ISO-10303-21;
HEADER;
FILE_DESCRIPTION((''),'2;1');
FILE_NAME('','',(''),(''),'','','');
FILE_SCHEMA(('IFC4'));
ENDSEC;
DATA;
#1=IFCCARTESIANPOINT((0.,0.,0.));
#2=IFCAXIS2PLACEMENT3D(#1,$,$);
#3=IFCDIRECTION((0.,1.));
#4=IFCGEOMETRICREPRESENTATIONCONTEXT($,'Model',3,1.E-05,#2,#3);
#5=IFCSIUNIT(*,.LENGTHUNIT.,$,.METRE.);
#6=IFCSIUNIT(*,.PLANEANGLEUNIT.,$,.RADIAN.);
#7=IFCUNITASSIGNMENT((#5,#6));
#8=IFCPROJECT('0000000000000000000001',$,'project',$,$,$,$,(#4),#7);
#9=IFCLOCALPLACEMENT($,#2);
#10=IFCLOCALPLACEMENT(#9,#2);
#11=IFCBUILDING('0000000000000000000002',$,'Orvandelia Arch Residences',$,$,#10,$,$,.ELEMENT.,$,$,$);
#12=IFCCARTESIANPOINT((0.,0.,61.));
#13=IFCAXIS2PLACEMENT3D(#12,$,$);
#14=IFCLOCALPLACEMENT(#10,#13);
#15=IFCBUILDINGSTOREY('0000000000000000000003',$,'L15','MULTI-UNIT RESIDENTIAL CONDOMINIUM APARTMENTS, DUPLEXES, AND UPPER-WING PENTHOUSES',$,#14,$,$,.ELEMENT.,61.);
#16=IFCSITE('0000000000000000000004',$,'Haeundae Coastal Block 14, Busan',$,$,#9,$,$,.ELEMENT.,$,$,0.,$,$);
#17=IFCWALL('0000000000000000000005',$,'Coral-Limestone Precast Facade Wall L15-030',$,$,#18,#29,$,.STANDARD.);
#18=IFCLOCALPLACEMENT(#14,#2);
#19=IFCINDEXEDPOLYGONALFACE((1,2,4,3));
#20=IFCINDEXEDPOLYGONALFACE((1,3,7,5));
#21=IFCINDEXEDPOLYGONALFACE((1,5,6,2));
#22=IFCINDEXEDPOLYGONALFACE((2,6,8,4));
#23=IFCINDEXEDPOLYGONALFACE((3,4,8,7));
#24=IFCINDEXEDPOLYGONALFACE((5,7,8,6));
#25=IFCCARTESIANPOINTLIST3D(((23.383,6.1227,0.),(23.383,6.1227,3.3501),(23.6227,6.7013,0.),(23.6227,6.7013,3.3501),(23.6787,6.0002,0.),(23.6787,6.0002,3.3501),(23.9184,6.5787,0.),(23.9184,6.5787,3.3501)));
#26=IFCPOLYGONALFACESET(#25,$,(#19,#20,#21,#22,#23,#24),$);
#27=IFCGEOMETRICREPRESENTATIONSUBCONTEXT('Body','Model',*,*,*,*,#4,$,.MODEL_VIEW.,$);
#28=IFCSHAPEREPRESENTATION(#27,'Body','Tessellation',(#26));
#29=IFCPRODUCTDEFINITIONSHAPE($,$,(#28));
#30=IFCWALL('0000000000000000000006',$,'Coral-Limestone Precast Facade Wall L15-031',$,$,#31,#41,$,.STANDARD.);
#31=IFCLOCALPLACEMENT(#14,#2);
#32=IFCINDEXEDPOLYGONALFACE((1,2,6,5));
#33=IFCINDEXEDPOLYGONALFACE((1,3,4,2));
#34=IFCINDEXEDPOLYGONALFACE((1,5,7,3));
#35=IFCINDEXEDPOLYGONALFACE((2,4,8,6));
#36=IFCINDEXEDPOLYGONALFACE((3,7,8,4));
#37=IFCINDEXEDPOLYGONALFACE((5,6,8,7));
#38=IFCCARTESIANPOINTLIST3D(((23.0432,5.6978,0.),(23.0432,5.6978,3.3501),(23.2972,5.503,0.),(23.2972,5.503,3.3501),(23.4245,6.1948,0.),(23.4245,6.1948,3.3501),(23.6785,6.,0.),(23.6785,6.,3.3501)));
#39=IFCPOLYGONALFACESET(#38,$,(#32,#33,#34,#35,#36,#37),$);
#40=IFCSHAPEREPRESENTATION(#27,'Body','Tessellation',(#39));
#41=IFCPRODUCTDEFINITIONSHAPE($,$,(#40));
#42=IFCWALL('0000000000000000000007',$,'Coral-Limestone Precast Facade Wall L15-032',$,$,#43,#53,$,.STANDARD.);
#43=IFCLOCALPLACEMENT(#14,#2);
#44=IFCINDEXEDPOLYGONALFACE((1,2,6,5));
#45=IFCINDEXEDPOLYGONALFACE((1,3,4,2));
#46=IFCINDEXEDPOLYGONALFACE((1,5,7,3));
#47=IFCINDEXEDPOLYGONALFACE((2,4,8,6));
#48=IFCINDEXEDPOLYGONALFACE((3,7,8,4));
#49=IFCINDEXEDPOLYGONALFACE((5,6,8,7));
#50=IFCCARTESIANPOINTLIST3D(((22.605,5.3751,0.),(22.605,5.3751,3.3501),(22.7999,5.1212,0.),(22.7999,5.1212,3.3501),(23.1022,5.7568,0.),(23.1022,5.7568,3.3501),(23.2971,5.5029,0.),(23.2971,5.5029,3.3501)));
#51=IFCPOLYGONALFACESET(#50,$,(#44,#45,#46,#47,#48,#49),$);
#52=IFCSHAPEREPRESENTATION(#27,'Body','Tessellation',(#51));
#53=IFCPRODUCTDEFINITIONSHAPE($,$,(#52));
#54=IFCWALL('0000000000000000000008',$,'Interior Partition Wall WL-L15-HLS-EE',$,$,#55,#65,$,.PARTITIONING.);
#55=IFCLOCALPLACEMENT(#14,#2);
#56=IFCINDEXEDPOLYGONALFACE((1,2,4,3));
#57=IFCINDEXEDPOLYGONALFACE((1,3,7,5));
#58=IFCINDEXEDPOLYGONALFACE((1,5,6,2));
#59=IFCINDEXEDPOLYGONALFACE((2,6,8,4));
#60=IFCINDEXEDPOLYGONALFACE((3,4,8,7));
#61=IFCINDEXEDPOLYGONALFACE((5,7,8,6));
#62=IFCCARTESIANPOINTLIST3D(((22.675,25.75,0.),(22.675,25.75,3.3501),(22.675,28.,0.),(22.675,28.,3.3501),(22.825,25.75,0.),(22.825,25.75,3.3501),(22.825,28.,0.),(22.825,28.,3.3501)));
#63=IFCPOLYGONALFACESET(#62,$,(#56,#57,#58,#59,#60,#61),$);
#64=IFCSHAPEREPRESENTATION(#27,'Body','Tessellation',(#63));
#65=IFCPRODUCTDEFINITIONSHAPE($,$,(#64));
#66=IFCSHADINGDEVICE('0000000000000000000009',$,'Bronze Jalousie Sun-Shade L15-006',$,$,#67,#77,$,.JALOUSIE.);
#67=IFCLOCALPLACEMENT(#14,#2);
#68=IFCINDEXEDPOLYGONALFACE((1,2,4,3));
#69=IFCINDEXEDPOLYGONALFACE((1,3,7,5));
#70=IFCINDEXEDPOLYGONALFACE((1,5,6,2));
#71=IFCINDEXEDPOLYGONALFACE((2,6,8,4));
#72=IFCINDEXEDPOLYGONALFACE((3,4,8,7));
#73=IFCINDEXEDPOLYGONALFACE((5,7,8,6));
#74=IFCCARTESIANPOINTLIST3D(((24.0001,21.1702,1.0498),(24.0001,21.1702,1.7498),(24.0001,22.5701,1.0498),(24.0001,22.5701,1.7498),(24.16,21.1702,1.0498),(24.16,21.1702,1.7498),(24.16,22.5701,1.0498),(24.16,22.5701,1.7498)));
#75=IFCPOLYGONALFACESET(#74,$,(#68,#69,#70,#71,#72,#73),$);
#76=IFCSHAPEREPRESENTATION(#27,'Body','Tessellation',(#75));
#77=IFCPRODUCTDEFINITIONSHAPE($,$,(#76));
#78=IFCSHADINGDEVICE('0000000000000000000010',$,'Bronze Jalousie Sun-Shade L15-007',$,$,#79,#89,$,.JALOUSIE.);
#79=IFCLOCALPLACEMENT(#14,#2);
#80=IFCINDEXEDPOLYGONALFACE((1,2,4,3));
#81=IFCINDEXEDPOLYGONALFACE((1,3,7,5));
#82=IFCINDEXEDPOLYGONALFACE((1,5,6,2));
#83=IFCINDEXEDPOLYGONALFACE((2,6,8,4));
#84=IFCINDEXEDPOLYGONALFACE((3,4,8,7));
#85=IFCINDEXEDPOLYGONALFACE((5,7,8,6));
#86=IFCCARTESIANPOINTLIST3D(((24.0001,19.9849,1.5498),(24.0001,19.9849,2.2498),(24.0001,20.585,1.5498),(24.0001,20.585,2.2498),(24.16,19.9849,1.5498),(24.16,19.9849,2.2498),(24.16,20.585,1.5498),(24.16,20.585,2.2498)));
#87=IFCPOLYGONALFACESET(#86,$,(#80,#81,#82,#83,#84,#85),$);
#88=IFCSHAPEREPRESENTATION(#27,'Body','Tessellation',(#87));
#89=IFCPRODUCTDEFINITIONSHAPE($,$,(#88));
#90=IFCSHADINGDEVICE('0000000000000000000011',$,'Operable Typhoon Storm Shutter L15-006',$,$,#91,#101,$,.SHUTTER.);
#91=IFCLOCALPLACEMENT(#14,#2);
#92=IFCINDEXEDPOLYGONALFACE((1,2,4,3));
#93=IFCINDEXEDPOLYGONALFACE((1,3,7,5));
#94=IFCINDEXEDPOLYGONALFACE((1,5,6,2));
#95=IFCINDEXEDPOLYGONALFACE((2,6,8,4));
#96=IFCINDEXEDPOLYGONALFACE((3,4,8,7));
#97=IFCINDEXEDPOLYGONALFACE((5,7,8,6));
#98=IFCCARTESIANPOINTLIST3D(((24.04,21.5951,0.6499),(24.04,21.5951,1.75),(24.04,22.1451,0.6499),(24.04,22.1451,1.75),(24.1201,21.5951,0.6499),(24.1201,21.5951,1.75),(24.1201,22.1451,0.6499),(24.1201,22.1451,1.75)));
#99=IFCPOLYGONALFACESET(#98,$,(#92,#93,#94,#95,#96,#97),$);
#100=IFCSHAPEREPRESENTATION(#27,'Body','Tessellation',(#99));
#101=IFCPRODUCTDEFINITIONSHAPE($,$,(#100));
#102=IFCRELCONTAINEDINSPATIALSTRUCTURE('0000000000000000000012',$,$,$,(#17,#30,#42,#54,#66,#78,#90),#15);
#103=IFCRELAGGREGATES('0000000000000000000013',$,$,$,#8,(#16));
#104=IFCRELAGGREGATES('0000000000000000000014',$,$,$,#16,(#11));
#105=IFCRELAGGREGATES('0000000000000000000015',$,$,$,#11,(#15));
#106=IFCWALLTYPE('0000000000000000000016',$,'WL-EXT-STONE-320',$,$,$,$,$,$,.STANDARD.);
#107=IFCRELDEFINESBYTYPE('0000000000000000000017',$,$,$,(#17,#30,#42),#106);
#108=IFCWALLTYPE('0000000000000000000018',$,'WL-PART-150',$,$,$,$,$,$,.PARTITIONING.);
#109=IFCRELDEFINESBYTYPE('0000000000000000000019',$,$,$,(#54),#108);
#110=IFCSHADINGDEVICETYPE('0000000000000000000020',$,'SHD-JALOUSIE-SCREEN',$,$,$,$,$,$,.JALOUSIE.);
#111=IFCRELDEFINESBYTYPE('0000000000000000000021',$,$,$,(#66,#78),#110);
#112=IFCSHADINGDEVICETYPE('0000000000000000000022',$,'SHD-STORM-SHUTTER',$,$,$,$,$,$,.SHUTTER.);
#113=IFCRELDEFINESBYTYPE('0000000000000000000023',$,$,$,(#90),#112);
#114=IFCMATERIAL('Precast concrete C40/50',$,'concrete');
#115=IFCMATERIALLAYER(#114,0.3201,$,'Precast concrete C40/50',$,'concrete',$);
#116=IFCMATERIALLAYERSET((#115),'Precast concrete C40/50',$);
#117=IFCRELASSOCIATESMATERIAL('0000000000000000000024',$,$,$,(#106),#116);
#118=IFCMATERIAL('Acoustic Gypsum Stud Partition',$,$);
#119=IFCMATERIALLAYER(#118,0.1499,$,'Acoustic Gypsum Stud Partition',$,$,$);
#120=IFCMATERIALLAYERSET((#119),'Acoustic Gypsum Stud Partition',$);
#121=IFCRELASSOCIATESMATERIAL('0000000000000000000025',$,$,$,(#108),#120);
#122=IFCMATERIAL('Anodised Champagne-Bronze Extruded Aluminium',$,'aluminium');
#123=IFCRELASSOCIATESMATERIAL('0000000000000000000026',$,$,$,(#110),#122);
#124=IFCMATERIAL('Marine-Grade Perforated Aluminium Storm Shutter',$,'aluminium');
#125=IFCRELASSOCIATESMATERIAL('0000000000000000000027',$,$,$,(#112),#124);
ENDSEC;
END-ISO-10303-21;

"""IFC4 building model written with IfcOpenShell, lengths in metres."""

from ifc_helpers import new_model, si_unit, direction, frame, frame_2d, origin, origin_2d, place, context, subcontext, project, spatial, rectangle, extrude, material, layer, layer_set, type_object, element, save


model = new_model("IFC4")

# Units and contexts
model_context = context("Model", 3, precision=1e-05, world=origin(), true_north=direction((0.0, 1.0)))
body_context = subcontext(model_context, "Body", "Model", "MODEL_VIEW")
ifc_project = project(units=[si_unit("LENGTHUNIT", "METRE"), si_unit("PLANEANGLEUNIT", "RADIAN")], contexts=[model_context])

# Site, building, storey
site_placement = place(None, origin())
site = spatial("IfcSite", under=ifc_project, at=site_placement, Name="Haeundae Coastal Block 14, Busan", CompositionType="ELEMENT", RefElevation=0.0)
building_placement = place(site_placement, origin())
building = spatial("IfcBuilding", under=site, at=building_placement, Name="Orvandelia Arch Residences", CompositionType="ELEMENT")
storey_placement = place(building_placement, frame((0.0, 0.0, 61.0)))
storey = spatial("IfcBuildingStorey", under=building, at=storey_placement, Name="L15", Description="MULTI-UNIT RESIDENTIAL CONDOMINIUM APARTMENTS, DUPLEXES, AND UPPER-WING PENTHOUSES", CompositionType="ELEMENT", Elevation=61.0)

# Shared definitions
ifc_material_1 = material(Name="Precast concrete C40/50", Category="concrete")
ifc_layer_1 = layer(ifc_material_1, 0.3201, Name="Precast concrete C40/50", Category="concrete")
ifc_layer_set_1 = layer_set([ifc_layer_1], Name="Precast concrete C40/50")
wall_type_1 = type_object("IfcWallType", Name="WL-EXT-STONE-320", PredefinedType="STANDARD", material=ifc_layer_set_1)

# Walls
wall_1_placement = place(storey_placement, frame((23.7705, 6.6399, 0.0), z_axis=(0.0, 0.0, 1.0), x_axis=(-0.382788, -0.923836, 0.0)))
element("IfcWall", 1, at=wall_1_placement, inside=storey, type_object=wall_type_1, Name="Coral-Limestone Precast Facade Wall L15-030", PredefinedType="STANDARD", context=body_context, shape_type="SweptSolid", body=[
    extrude(rectangle(XDim=0.6262, YDim=0.3201, at=frame_2d((0.313, 0.0))), origin(), (0.0, 0.0, 1.0), 3.3501),
])
wall_2_placement = place(storey_placement, frame((23.5515, 6.0974, 0.0), z_axis=(0.0, 0.0, 1.0), x_axis=(-0.608693, -0.793406, 0.0)))
element("IfcWall", 2, at=wall_2_placement, inside=storey, type_object=wall_type_1, Name="Coral-Limestone Precast Facade Wall L15-031", PredefinedType="STANDARD", context=body_context, shape_type="SweptSolid", body=[
    extrude(rectangle(XDim=0.6265, YDim=0.3201, at=frame_2d((0.3132, 0.0))), origin(), (0.0, 0.0, 1.0), 3.3501),
])
wall_3_placement = place(storey_placement, frame((23.1997, 5.6299, 0.0), z_axis=(0.0, 0.0, 1.0), x_axis=(-0.793217, -0.608939, 0.0)))
element("IfcWall", 3, at=wall_3_placement, inside=storey, type_object=wall_type_1, Name="Coral-Limestone Precast Facade Wall L15-032", PredefinedType="STANDARD", context=body_context, shape_type="SweptSolid", body=[
    extrude(rectangle(XDim=0.6267, YDim=0.3201, at=frame_2d((0.3135, 0.0))), origin(), (0.0, 0.0, 1.0), 3.3501),
])
ifc_material_2 = material(Name="Acoustic Gypsum Stud Partition")
ifc_layer_2 = layer(ifc_material_2, 0.1499, Name="Acoustic Gypsum Stud Partition")
ifc_layer_set_2 = layer_set([ifc_layer_2], Name="Acoustic Gypsum Stud Partition")
wall_type_2 = type_object("IfcWallType", Name="WL-PART-150", PredefinedType="PARTITIONING", material=ifc_layer_set_2)
wall_4_placement = place(storey_placement, frame((22.75, 25.75, 0.0), z_axis=(0.0, 0.0, 1.0), x_axis=(0.0, 1.0, 0.0)))
element("IfcWall", 4, at=wall_4_placement, inside=storey, type_object=wall_type_2, Name="Interior Partition Wall WL-L15-HLS-EE", PredefinedType="PARTITIONING", context=body_context, shape_type="SweptSolid", body=[
    extrude(rectangle(XDim=2.25, YDim=0.1499, at=frame_2d((1.125, 0.0))), origin(), (0.0, 0.0, 1.0), 3.3501),
])

# Shading devices
ifc_material_3 = material(Name="Anodised Champagne-Bronze Extruded Aluminium", Category="aluminium")
shading_device_type_1 = type_object("IfcShadingDeviceType", Name="SHD-JALOUSIE-SCREEN", PredefinedType="JALOUSIE", material=ifc_material_3)
shading_device_1_placement = place(storey_placement, frame((24.0801, 21.8701, 1.0498), z_axis=(0.0, 0.0, 1.0), x_axis=(0.0, -1.0, 0.0)))
element("IfcShadingDevice", 5, at=shading_device_1_placement, inside=storey, type_object=shading_device_type_1, Name="Bronze Jalousie Sun-Shade L15-006", PredefinedType="JALOUSIE", context=body_context, shape_type="SweptSolid", body=[
    extrude(rectangle(XDim=1.3999, YDim=0.1599, at=origin_2d()), origin(), (0.0, 0.0, 1.0), 0.7),
])
shading_device_2_placement = place(storey_placement, frame((24.0801, 20.2849, 1.5498), z_axis=(0.0, 0.0, 1.0), x_axis=(0.0, -1.0, 0.0)))
element("IfcShadingDevice", 6, at=shading_device_2_placement, inside=storey, type_object=shading_device_type_1, Name="Bronze Jalousie Sun-Shade L15-007", PredefinedType="JALOUSIE", context=body_context, shape_type="SweptSolid", body=[
    extrude(rectangle(XDim=0.6001, YDim=0.1599, at=origin_2d()), origin(), (0.0, 0.0, 1.0), 0.7),
])
ifc_material_4 = material(Name="Marine-Grade Perforated Aluminium Storm Shutter", Category="aluminium")
shading_device_type_2 = type_object("IfcShadingDeviceType", Name="SHD-STORM-SHUTTER", PredefinedType="SHUTTER", material=ifc_material_4)
shading_device_3_placement = place(storey_placement, frame((24.0801, 21.8701, 0.6499), z_axis=(0.0, 0.0, 1.0), x_axis=(0.0, -1.0, 0.0)))
element("IfcShadingDevice", 7, at=shading_device_3_placement, inside=storey, type_object=shading_device_type_2, Name="Operable Typhoon Storm Shutter L15-006", PredefinedType="SHUTTER", context=body_context, shape_type="SweptSolid", body=[
    extrude(rectangle(XDim=0.55, YDim=0.0801, at=origin_2d()), origin(), (0.0, 0.0, 1.0), 1.1001),
])

save(model, "model.ifc")
